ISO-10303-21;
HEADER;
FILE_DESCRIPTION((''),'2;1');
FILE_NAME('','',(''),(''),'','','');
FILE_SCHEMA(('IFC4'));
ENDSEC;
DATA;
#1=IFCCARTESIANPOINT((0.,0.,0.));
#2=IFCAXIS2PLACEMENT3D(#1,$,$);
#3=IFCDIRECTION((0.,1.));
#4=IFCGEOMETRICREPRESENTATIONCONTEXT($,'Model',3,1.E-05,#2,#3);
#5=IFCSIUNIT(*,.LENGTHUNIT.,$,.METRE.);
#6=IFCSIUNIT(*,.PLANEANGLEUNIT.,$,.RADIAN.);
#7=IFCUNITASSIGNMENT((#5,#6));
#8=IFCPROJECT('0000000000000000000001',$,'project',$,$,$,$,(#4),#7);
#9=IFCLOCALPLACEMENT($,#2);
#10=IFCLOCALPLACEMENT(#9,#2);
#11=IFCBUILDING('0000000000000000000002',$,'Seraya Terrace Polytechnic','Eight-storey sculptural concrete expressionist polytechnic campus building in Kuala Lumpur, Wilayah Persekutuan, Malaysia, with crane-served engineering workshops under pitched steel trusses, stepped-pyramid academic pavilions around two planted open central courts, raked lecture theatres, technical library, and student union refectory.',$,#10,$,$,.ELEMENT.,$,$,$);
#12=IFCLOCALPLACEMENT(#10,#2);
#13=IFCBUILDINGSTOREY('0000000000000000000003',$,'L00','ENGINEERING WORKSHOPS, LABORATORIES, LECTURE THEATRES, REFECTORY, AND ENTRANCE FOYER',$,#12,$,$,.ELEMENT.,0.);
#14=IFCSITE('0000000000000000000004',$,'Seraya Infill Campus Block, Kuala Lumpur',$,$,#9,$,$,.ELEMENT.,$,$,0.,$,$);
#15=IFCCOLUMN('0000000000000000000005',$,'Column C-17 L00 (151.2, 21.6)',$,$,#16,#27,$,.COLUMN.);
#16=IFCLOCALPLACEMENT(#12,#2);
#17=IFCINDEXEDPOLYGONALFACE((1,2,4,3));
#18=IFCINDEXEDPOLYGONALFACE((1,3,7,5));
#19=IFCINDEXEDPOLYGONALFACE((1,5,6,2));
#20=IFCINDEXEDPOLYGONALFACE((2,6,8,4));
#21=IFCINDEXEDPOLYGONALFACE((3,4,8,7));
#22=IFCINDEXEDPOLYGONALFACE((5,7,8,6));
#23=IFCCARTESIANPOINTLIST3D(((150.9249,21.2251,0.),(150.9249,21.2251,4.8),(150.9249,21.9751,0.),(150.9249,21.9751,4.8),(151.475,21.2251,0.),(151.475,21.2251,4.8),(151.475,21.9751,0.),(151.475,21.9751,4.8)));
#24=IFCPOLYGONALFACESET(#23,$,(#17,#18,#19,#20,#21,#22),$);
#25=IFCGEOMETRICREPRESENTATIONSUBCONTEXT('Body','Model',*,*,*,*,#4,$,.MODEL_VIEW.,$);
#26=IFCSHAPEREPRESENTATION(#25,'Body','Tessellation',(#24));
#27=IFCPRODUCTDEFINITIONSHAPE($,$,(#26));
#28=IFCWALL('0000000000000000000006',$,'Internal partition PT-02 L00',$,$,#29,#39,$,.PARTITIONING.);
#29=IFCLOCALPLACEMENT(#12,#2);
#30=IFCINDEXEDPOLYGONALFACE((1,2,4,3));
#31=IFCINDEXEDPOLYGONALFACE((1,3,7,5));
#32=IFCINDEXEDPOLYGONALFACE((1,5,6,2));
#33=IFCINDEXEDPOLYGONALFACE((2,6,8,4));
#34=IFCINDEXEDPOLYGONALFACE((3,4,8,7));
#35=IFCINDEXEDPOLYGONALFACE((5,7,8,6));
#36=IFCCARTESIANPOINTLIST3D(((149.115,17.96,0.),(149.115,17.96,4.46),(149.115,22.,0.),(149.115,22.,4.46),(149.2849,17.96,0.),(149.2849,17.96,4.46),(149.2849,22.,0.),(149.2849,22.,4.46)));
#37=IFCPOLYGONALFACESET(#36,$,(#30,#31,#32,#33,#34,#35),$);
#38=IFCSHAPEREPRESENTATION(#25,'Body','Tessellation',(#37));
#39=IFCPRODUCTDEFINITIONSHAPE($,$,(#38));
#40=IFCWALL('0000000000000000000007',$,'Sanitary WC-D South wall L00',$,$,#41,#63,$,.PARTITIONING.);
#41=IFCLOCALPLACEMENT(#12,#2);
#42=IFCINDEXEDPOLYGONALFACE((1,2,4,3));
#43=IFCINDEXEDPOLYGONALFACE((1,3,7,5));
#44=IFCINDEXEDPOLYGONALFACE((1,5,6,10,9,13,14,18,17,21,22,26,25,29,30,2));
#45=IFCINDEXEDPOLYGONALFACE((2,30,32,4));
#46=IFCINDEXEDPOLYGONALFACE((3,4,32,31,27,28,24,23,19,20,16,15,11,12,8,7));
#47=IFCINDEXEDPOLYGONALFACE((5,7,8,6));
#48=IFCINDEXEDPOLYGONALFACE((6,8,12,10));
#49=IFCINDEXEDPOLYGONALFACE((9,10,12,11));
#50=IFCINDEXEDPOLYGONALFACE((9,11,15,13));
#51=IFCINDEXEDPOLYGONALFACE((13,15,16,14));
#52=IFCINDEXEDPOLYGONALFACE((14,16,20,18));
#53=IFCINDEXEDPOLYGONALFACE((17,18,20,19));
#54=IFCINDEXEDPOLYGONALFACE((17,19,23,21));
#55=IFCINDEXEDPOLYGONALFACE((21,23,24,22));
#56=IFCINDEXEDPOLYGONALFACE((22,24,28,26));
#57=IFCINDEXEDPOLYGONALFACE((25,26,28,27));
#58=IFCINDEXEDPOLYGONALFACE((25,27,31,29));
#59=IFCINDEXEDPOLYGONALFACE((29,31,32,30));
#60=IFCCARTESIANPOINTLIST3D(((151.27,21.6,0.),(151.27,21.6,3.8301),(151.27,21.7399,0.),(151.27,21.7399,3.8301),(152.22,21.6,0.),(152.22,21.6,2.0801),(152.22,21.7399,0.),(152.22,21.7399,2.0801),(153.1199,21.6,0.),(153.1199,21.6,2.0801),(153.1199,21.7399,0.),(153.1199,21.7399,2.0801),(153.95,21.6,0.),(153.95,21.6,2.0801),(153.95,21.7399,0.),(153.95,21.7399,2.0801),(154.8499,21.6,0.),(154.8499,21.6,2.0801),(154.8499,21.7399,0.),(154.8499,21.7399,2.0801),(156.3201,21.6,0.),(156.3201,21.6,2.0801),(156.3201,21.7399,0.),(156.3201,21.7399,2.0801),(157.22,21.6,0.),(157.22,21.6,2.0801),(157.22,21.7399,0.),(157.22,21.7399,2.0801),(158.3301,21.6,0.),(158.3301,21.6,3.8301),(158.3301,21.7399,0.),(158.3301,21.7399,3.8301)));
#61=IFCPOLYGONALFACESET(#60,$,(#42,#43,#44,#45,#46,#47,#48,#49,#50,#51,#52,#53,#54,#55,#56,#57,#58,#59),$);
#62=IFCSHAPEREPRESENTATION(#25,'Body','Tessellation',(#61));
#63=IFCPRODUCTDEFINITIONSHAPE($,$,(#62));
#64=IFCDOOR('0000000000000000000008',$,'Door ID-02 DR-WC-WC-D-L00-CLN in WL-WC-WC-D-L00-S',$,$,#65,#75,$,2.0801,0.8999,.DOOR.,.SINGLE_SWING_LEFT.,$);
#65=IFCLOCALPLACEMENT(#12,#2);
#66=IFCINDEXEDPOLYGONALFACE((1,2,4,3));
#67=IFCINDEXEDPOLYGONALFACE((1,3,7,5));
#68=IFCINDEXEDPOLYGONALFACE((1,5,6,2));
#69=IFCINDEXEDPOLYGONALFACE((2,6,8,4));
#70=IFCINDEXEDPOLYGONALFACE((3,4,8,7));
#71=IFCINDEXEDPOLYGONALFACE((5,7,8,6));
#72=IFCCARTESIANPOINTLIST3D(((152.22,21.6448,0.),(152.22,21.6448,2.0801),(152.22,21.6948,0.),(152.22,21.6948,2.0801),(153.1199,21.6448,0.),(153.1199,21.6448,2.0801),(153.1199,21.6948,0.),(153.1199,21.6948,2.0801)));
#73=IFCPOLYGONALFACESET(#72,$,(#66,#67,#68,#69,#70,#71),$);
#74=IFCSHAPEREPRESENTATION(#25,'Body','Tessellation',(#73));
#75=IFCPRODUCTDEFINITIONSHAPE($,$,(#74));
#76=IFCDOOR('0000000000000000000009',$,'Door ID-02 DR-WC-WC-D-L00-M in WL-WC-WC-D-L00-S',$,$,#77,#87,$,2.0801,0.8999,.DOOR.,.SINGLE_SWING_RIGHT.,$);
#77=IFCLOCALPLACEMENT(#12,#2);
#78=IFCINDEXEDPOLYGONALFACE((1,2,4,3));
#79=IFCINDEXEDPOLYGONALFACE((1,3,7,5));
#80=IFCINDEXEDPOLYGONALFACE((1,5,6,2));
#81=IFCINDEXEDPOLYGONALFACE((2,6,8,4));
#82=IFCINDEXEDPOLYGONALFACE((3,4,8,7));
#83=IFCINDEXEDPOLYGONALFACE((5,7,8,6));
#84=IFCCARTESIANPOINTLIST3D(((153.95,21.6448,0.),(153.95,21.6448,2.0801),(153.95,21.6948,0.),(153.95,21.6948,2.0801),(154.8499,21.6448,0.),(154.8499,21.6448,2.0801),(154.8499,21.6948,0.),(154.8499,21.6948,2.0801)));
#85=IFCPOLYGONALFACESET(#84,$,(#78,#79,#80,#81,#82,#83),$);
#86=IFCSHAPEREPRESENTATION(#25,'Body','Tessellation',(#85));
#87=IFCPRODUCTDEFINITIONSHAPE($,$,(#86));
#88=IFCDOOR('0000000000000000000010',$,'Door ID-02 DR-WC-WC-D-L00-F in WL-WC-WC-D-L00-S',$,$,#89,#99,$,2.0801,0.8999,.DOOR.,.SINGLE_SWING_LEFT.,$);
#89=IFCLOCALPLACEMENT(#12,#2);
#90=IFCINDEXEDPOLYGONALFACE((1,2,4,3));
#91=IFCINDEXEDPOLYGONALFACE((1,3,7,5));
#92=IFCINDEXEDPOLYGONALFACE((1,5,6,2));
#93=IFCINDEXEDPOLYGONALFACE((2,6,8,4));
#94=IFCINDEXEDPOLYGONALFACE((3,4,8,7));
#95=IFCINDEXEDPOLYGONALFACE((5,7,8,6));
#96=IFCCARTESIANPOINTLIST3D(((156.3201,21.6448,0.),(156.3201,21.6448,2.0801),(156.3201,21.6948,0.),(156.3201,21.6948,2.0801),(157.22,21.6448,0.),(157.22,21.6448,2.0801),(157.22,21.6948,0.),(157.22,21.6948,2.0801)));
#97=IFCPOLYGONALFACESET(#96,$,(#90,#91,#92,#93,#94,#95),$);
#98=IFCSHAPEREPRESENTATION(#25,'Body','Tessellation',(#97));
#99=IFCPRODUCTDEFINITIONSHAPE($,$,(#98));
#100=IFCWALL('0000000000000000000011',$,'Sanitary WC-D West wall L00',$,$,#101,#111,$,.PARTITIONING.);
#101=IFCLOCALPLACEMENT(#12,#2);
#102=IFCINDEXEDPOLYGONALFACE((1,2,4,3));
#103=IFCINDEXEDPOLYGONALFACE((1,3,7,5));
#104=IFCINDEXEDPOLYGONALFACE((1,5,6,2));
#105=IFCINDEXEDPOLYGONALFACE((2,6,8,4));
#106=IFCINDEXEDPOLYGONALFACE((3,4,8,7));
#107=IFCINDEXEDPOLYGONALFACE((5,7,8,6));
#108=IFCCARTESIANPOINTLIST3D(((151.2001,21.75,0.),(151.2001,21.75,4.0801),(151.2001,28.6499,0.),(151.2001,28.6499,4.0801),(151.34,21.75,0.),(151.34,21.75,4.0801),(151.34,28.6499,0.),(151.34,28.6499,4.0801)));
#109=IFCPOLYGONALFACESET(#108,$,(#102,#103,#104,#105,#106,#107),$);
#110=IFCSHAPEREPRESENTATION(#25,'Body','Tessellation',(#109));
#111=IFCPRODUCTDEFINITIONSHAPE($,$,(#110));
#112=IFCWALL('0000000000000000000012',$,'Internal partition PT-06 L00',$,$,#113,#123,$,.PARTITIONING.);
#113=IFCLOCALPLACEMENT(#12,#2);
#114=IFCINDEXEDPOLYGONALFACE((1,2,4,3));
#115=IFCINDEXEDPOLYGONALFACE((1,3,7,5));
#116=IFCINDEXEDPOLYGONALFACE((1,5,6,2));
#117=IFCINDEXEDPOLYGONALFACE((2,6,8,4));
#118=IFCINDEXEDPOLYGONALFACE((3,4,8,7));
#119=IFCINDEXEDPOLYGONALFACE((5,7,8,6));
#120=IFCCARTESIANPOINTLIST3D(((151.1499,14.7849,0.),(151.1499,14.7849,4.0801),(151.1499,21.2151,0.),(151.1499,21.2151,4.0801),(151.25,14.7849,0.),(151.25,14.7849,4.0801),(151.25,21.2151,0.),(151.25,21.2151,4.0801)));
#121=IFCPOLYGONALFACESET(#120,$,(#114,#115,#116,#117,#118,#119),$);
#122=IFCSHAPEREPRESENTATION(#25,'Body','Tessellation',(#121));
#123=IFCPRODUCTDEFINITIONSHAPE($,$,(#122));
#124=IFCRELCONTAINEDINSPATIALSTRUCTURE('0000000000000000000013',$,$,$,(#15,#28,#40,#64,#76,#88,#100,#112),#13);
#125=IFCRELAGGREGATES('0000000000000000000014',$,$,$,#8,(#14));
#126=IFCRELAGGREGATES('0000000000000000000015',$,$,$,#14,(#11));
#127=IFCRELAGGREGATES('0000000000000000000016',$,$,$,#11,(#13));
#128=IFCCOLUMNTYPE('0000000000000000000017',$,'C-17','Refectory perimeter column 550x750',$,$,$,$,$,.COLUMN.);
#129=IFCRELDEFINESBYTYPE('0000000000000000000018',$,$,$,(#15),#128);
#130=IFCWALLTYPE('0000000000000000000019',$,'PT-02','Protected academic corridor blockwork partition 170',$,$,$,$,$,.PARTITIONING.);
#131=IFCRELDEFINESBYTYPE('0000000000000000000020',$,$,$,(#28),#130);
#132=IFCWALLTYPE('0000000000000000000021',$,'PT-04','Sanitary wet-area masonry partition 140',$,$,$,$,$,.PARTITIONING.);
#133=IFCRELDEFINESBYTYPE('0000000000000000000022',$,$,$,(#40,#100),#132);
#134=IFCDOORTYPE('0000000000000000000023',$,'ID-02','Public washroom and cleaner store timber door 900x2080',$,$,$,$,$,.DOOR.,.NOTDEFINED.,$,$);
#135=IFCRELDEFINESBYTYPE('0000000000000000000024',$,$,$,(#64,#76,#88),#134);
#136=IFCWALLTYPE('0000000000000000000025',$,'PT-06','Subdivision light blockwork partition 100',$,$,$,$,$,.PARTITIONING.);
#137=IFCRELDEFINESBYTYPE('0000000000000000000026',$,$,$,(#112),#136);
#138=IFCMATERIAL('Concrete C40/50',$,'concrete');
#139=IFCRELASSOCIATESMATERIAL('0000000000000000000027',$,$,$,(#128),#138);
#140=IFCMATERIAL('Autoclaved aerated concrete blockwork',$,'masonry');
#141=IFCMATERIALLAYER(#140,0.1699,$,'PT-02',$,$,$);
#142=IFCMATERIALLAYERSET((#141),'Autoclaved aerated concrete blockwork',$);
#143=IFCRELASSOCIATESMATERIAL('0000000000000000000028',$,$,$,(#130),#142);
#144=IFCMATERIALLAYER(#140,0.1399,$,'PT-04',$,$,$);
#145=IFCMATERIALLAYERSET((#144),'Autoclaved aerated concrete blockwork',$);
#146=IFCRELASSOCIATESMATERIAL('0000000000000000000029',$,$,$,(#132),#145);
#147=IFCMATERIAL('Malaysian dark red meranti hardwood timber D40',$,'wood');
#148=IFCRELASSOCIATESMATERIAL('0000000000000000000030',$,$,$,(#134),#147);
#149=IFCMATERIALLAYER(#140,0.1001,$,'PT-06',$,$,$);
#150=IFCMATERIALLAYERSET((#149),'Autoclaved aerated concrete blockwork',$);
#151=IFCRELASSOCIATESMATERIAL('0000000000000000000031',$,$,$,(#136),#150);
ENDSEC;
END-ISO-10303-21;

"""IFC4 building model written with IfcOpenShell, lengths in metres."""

from ifc_helpers import new_model, si_unit, direction, frame, frame_2d, origin, origin_2d, place, context, subcontext, project, spatial, rectangle, extrude, material, layer, layer_set, material_profile, profile_set, type_object, element, fill, save


model = new_model("IFC4")

# Units and contexts
model_context = context("Model", 3, precision=1e-05, world=origin(), true_north=direction((0.0, 1.0)))
body_context = subcontext(model_context, "Body", "Model", "MODEL_VIEW")
ifc_project = project(units=[si_unit("LENGTHUNIT", "METRE"), si_unit("PLANEANGLEUNIT", "RADIAN")], contexts=[model_context])

# Site, building, storey
site_placement = place(None, origin())
site = spatial("IfcSite", under=ifc_project, at=site_placement, Name="Seraya Infill Campus Block, Kuala Lumpur", CompositionType="ELEMENT", RefElevation=0.0)
building_placement = place(site_placement, origin())
building = spatial("IfcBuilding", under=site, at=building_placement, Name="Seraya Terrace Polytechnic", Description="Eight-storey sculptural concrete expressionist polytechnic campus building in Kuala Lumpur, Wilayah Persekutuan, Malaysia, with crane-served engineering workshops under pitched steel trusses, stepped-pyramid academic pavilions around two planted open central courts, raked lecture theatres, technical library, and student union refectory.", CompositionType="ELEMENT")
storey_placement = place(building_placement, origin())
storey = spatial("IfcBuildingStorey", under=building, at=storey_placement, Name="L00", Description="ENGINEERING WORKSHOPS, LABORATORIES, LECTURE THEATRES, REFECTORY, AND ENTRANCE FOYER", CompositionType="ELEMENT", Elevation=0.0)

# Shared definitions
ifc_material_1 = material(Name="Concrete C40/50", Category="concrete")

# Column
ifc_material_profile_1 = material_profile(ifc_material_1, rectangle(XDim=0.55, YDim=0.75, at=origin_2d()), Name="RC 550x750")
ifc_profile_set_1 = profile_set([ifc_material_profile_1], Name="Concrete C40/50")
column_type_1 = type_object("IfcColumnType", Name="C-17", Description="Refectory perimeter column 550x750", PredefinedType="COLUMN", material=ifc_profile_set_1)
for number, where, z_axis, x_axis, name in (
    (1, (151.2, 21.6001, 0.0), (0.0, 0.0, 1.0), (1.0, 0.0, 0.0), "Column C-17 L00 (151.2, 21.6)"),
):
    element("IfcColumn", number, at=place(storey_placement, frame(where, z_axis=z_axis, x_axis=x_axis)), inside=storey, type_object=column_type_1, Name=name, PredefinedType="COLUMN", context=body_context, shape_type="SweptSolid", body=[
        extrude(rectangle(XDim=0.55, YDim=0.75, at=origin_2d()), origin(), (0.0, 0.0, 1.0), 4.8),
    ])

# Wall
ifc_material_2 = material(Name="Autoclaved aerated concrete blockwork", Category="masonry")
ifc_layer_1 = layer(ifc_material_2, 0.1699, Name="PT-02")
ifc_layer_set_1 = layer_set([ifc_layer_1], Name="Autoclaved aerated concrete blockwork")
wall_type_1 = type_object("IfcWallType", Name="PT-02", Description="Protected academic corridor blockwork partition 170", PredefinedType="PARTITIONING", material=ifc_layer_set_1)
wall_1_placement = place(storey_placement, frame((149.2, 17.96, 0.0), z_axis=(0.0, 0.0, 1.0), x_axis=(0.0, 1.0, 0.0)))
element("IfcWall", 2, at=wall_1_placement, inside=storey, type_object=wall_type_1, Name="Internal partition PT-02 L00", PredefinedType="PARTITIONING", context=body_context, shape_type="SweptSolid", body=[
    extrude(rectangle(XDim=4.04, YDim=0.1699, at=frame_2d((2.02, 0.0))), origin(), (0.0, 0.0, 1.0), 4.46),
])

# Wall, openings, doors
ifc_layer_2 = layer(ifc_material_2, 0.1399, Name="PT-04")
ifc_layer_set_2 = layer_set([ifc_layer_2], Name="Autoclaved aerated concrete blockwork")
wall_type_2 = type_object("IfcWallType", Name="PT-04", Description="Sanitary wet-area masonry partition 140", PredefinedType="PARTITIONING", material=ifc_layer_set_2)
wall_2_placement = place(storey_placement, frame((151.27, 21.6699, 0.0), z_axis=(0.0, 0.0, 1.0), x_axis=(1.0, 0.0, 0.0)))
wall_2 = element("IfcWall", 3, at=wall_2_placement, inside=storey, type_object=wall_type_2, Name="Sanitary WC-D South wall L00", PredefinedType="PARTITIONING", context=body_context, shape_type="SweptSolid", body=[
    extrude(rectangle(XDim=7.0601, YDim=0.1399, at=frame_2d((3.53, 0.0))), origin(), (0.0, 0.0, 1.0), 3.8301),
])
opening_1_placement = place(wall_2_placement, frame((0.95, 0.0, 0.0)))
opening_1 = element("IfcOpeningElement", 4, at=opening_1_placement, cuts=wall_2, PredefinedType="OPENING", context=body_context, shape_type="SweptSolid", body=[
    extrude(rectangle(XDim=0.8999, YDim=2.0801, at=frame_2d((0.45, 1.04))), frame((0.0, 0.082, 0.0), z_axis=(0.0, -1.0, 0.0), x_axis=(1.0, 0.0, 0.0)), (0.0, 0.0, 1.0), 0.1638),
])
opening_2_placement = place(wall_2_placement, frame((2.6799, 0.0, 0.0)))
opening_2 = element("IfcOpeningElement", 5, at=opening_2_placement, cuts=wall_2, PredefinedType="OPENING", context=body_context, shape_type="SweptSolid", body=[
    extrude(rectangle(XDim=0.8999, YDim=2.0801, at=frame_2d((0.45, 1.04))), frame((0.0, 0.082, 0.0), z_axis=(0.0, -1.0, 0.0), x_axis=(1.0, 0.0, 0.0)), (0.0, 0.0, 1.0), 0.1638),
])
opening_3_placement = place(wall_2_placement, frame((5.05, 0.0, 0.0)))
opening_3 = element("IfcOpeningElement", 6, at=opening_3_placement, cuts=wall_2, PredefinedType="OPENING", context=body_context, shape_type="SweptSolid", body=[
    extrude(rectangle(XDim=0.8999, YDim=2.0801, at=frame_2d((0.45, 1.04))), frame((0.0, 0.082, 0.0), z_axis=(0.0, -1.0, 0.0), x_axis=(1.0, 0.0, 0.0)), (0.0, 0.0, 1.0), 0.1638),
])
ifc_material_3 = material(Name="Malaysian dark red meranti hardwood timber D40", Category="wood")
door_type = type_object("IfcDoorType", Name="ID-02", Description="Public washroom and cleaner store timber door 900x2080", OperationType="NOTDEFINED", PredefinedType="DOOR", material=ifc_material_3)
door_1_placement = place(opening_1_placement, origin())
door_1 = element("IfcDoor", 7, at=door_1_placement, inside=storey, type_object=door_type, Name="Door ID-02 DR-WC-WC-D-L00-CLN in WL-WC-WC-D-L00-S", OperationType="SINGLE_SWING_LEFT", OverallHeight=2.0801, OverallWidth=0.8999, PredefinedType="DOOR", context=body_context, shape_type="SweptSolid", body=[
    extrude(rectangle(XDim=0.8999, YDim=2.0801, at=frame_2d((0.45, 1.04))), frame((0.0, 0.0249, 0.0), z_axis=(0.0, -1.0, 0.0), x_axis=(1.0, 0.0, 0.0)), (0.0, 0.0, 1.0), 0.05),
])
fill(opening_1, door_1)
door_2_placement = place(opening_2_placement, origin())
door_2 = element("IfcDoor", 8, at=door_2_placement, inside=storey, type_object=door_type, Name="Door ID-02 DR-WC-WC-D-L00-M in WL-WC-WC-D-L00-S", OperationType="SINGLE_SWING_RIGHT", OverallHeight=2.0801, OverallWidth=0.8999, PredefinedType="DOOR", context=body_context, shape_type="SweptSolid", body=[
    extrude(rectangle(XDim=0.8999, YDim=2.0801, at=frame_2d((0.45, 1.04))), frame((0.0, 0.0249, 0.0), z_axis=(0.0, -1.0, 0.0), x_axis=(1.0, 0.0, 0.0)), (0.0, 0.0, 1.0), 0.05),
])
fill(opening_2, door_2)
door_3_placement = place(opening_3_placement, origin())
door_3 = element("IfcDoor", 9, at=door_3_placement, inside=storey, type_object=door_type, Name="Door ID-02 DR-WC-WC-D-L00-F in WL-WC-WC-D-L00-S", OperationType="SINGLE_SWING_LEFT", OverallHeight=2.0801, OverallWidth=0.8999, PredefinedType="DOOR", context=body_context, shape_type="SweptSolid", body=[
    extrude(rectangle(XDim=0.8999, YDim=2.0801, at=frame_2d((0.45, 1.04))), frame((0.0, 0.0249, 0.0), z_axis=(0.0, -1.0, 0.0), x_axis=(1.0, 0.0, 0.0)), (0.0, 0.0, 1.0), 0.05),
])
fill(opening_3, door_3)

# Walls
wall_3_placement = place(storey_placement, frame((151.27, 21.75, 0.0), z_axis=(0.0, 0.0, 1.0), x_axis=(0.0, 1.0, 0.0)))
element("IfcWall", 10, at=wall_3_placement, inside=storey, type_object=wall_type_2, Name="Sanitary WC-D West wall L00", PredefinedType="PARTITIONING", context=body_context, shape_type="SweptSolid", body=[
    extrude(rectangle(XDim=6.8999, YDim=0.1399, at=frame_2d((3.45, 0.0))), origin(), (0.0, 0.0, 1.0), 4.0801),
])
ifc_layer_3 = layer(ifc_material_2, 0.1001, Name="PT-06")
ifc_layer_set_3 = layer_set([ifc_layer_3], Name="Autoclaved aerated concrete blockwork")
wall_type_3 = type_object("IfcWallType", Name="PT-06", Description="Subdivision light blockwork partition 100", PredefinedType="PARTITIONING", material=ifc_layer_set_3)
wall_4_placement = place(storey_placement, frame((151.2, 14.7849, 0.0), z_axis=(0.0, 0.0, 1.0), x_axis=(0.0, 1.0, 0.0)))
element("IfcWall", 11, at=wall_4_placement, inside=storey, type_object=wall_type_3, Name="Internal partition PT-06 L00", PredefinedType="PARTITIONING", context=body_context, shape_type="SweptSolid", body=[
    extrude(rectangle(XDim=6.4302, YDim=0.1001, at=frame_2d((3.2151, 0.0))), origin(), (0.0, 0.0, 1.0), 4.0801),
])

save(model, "model.ifc")
